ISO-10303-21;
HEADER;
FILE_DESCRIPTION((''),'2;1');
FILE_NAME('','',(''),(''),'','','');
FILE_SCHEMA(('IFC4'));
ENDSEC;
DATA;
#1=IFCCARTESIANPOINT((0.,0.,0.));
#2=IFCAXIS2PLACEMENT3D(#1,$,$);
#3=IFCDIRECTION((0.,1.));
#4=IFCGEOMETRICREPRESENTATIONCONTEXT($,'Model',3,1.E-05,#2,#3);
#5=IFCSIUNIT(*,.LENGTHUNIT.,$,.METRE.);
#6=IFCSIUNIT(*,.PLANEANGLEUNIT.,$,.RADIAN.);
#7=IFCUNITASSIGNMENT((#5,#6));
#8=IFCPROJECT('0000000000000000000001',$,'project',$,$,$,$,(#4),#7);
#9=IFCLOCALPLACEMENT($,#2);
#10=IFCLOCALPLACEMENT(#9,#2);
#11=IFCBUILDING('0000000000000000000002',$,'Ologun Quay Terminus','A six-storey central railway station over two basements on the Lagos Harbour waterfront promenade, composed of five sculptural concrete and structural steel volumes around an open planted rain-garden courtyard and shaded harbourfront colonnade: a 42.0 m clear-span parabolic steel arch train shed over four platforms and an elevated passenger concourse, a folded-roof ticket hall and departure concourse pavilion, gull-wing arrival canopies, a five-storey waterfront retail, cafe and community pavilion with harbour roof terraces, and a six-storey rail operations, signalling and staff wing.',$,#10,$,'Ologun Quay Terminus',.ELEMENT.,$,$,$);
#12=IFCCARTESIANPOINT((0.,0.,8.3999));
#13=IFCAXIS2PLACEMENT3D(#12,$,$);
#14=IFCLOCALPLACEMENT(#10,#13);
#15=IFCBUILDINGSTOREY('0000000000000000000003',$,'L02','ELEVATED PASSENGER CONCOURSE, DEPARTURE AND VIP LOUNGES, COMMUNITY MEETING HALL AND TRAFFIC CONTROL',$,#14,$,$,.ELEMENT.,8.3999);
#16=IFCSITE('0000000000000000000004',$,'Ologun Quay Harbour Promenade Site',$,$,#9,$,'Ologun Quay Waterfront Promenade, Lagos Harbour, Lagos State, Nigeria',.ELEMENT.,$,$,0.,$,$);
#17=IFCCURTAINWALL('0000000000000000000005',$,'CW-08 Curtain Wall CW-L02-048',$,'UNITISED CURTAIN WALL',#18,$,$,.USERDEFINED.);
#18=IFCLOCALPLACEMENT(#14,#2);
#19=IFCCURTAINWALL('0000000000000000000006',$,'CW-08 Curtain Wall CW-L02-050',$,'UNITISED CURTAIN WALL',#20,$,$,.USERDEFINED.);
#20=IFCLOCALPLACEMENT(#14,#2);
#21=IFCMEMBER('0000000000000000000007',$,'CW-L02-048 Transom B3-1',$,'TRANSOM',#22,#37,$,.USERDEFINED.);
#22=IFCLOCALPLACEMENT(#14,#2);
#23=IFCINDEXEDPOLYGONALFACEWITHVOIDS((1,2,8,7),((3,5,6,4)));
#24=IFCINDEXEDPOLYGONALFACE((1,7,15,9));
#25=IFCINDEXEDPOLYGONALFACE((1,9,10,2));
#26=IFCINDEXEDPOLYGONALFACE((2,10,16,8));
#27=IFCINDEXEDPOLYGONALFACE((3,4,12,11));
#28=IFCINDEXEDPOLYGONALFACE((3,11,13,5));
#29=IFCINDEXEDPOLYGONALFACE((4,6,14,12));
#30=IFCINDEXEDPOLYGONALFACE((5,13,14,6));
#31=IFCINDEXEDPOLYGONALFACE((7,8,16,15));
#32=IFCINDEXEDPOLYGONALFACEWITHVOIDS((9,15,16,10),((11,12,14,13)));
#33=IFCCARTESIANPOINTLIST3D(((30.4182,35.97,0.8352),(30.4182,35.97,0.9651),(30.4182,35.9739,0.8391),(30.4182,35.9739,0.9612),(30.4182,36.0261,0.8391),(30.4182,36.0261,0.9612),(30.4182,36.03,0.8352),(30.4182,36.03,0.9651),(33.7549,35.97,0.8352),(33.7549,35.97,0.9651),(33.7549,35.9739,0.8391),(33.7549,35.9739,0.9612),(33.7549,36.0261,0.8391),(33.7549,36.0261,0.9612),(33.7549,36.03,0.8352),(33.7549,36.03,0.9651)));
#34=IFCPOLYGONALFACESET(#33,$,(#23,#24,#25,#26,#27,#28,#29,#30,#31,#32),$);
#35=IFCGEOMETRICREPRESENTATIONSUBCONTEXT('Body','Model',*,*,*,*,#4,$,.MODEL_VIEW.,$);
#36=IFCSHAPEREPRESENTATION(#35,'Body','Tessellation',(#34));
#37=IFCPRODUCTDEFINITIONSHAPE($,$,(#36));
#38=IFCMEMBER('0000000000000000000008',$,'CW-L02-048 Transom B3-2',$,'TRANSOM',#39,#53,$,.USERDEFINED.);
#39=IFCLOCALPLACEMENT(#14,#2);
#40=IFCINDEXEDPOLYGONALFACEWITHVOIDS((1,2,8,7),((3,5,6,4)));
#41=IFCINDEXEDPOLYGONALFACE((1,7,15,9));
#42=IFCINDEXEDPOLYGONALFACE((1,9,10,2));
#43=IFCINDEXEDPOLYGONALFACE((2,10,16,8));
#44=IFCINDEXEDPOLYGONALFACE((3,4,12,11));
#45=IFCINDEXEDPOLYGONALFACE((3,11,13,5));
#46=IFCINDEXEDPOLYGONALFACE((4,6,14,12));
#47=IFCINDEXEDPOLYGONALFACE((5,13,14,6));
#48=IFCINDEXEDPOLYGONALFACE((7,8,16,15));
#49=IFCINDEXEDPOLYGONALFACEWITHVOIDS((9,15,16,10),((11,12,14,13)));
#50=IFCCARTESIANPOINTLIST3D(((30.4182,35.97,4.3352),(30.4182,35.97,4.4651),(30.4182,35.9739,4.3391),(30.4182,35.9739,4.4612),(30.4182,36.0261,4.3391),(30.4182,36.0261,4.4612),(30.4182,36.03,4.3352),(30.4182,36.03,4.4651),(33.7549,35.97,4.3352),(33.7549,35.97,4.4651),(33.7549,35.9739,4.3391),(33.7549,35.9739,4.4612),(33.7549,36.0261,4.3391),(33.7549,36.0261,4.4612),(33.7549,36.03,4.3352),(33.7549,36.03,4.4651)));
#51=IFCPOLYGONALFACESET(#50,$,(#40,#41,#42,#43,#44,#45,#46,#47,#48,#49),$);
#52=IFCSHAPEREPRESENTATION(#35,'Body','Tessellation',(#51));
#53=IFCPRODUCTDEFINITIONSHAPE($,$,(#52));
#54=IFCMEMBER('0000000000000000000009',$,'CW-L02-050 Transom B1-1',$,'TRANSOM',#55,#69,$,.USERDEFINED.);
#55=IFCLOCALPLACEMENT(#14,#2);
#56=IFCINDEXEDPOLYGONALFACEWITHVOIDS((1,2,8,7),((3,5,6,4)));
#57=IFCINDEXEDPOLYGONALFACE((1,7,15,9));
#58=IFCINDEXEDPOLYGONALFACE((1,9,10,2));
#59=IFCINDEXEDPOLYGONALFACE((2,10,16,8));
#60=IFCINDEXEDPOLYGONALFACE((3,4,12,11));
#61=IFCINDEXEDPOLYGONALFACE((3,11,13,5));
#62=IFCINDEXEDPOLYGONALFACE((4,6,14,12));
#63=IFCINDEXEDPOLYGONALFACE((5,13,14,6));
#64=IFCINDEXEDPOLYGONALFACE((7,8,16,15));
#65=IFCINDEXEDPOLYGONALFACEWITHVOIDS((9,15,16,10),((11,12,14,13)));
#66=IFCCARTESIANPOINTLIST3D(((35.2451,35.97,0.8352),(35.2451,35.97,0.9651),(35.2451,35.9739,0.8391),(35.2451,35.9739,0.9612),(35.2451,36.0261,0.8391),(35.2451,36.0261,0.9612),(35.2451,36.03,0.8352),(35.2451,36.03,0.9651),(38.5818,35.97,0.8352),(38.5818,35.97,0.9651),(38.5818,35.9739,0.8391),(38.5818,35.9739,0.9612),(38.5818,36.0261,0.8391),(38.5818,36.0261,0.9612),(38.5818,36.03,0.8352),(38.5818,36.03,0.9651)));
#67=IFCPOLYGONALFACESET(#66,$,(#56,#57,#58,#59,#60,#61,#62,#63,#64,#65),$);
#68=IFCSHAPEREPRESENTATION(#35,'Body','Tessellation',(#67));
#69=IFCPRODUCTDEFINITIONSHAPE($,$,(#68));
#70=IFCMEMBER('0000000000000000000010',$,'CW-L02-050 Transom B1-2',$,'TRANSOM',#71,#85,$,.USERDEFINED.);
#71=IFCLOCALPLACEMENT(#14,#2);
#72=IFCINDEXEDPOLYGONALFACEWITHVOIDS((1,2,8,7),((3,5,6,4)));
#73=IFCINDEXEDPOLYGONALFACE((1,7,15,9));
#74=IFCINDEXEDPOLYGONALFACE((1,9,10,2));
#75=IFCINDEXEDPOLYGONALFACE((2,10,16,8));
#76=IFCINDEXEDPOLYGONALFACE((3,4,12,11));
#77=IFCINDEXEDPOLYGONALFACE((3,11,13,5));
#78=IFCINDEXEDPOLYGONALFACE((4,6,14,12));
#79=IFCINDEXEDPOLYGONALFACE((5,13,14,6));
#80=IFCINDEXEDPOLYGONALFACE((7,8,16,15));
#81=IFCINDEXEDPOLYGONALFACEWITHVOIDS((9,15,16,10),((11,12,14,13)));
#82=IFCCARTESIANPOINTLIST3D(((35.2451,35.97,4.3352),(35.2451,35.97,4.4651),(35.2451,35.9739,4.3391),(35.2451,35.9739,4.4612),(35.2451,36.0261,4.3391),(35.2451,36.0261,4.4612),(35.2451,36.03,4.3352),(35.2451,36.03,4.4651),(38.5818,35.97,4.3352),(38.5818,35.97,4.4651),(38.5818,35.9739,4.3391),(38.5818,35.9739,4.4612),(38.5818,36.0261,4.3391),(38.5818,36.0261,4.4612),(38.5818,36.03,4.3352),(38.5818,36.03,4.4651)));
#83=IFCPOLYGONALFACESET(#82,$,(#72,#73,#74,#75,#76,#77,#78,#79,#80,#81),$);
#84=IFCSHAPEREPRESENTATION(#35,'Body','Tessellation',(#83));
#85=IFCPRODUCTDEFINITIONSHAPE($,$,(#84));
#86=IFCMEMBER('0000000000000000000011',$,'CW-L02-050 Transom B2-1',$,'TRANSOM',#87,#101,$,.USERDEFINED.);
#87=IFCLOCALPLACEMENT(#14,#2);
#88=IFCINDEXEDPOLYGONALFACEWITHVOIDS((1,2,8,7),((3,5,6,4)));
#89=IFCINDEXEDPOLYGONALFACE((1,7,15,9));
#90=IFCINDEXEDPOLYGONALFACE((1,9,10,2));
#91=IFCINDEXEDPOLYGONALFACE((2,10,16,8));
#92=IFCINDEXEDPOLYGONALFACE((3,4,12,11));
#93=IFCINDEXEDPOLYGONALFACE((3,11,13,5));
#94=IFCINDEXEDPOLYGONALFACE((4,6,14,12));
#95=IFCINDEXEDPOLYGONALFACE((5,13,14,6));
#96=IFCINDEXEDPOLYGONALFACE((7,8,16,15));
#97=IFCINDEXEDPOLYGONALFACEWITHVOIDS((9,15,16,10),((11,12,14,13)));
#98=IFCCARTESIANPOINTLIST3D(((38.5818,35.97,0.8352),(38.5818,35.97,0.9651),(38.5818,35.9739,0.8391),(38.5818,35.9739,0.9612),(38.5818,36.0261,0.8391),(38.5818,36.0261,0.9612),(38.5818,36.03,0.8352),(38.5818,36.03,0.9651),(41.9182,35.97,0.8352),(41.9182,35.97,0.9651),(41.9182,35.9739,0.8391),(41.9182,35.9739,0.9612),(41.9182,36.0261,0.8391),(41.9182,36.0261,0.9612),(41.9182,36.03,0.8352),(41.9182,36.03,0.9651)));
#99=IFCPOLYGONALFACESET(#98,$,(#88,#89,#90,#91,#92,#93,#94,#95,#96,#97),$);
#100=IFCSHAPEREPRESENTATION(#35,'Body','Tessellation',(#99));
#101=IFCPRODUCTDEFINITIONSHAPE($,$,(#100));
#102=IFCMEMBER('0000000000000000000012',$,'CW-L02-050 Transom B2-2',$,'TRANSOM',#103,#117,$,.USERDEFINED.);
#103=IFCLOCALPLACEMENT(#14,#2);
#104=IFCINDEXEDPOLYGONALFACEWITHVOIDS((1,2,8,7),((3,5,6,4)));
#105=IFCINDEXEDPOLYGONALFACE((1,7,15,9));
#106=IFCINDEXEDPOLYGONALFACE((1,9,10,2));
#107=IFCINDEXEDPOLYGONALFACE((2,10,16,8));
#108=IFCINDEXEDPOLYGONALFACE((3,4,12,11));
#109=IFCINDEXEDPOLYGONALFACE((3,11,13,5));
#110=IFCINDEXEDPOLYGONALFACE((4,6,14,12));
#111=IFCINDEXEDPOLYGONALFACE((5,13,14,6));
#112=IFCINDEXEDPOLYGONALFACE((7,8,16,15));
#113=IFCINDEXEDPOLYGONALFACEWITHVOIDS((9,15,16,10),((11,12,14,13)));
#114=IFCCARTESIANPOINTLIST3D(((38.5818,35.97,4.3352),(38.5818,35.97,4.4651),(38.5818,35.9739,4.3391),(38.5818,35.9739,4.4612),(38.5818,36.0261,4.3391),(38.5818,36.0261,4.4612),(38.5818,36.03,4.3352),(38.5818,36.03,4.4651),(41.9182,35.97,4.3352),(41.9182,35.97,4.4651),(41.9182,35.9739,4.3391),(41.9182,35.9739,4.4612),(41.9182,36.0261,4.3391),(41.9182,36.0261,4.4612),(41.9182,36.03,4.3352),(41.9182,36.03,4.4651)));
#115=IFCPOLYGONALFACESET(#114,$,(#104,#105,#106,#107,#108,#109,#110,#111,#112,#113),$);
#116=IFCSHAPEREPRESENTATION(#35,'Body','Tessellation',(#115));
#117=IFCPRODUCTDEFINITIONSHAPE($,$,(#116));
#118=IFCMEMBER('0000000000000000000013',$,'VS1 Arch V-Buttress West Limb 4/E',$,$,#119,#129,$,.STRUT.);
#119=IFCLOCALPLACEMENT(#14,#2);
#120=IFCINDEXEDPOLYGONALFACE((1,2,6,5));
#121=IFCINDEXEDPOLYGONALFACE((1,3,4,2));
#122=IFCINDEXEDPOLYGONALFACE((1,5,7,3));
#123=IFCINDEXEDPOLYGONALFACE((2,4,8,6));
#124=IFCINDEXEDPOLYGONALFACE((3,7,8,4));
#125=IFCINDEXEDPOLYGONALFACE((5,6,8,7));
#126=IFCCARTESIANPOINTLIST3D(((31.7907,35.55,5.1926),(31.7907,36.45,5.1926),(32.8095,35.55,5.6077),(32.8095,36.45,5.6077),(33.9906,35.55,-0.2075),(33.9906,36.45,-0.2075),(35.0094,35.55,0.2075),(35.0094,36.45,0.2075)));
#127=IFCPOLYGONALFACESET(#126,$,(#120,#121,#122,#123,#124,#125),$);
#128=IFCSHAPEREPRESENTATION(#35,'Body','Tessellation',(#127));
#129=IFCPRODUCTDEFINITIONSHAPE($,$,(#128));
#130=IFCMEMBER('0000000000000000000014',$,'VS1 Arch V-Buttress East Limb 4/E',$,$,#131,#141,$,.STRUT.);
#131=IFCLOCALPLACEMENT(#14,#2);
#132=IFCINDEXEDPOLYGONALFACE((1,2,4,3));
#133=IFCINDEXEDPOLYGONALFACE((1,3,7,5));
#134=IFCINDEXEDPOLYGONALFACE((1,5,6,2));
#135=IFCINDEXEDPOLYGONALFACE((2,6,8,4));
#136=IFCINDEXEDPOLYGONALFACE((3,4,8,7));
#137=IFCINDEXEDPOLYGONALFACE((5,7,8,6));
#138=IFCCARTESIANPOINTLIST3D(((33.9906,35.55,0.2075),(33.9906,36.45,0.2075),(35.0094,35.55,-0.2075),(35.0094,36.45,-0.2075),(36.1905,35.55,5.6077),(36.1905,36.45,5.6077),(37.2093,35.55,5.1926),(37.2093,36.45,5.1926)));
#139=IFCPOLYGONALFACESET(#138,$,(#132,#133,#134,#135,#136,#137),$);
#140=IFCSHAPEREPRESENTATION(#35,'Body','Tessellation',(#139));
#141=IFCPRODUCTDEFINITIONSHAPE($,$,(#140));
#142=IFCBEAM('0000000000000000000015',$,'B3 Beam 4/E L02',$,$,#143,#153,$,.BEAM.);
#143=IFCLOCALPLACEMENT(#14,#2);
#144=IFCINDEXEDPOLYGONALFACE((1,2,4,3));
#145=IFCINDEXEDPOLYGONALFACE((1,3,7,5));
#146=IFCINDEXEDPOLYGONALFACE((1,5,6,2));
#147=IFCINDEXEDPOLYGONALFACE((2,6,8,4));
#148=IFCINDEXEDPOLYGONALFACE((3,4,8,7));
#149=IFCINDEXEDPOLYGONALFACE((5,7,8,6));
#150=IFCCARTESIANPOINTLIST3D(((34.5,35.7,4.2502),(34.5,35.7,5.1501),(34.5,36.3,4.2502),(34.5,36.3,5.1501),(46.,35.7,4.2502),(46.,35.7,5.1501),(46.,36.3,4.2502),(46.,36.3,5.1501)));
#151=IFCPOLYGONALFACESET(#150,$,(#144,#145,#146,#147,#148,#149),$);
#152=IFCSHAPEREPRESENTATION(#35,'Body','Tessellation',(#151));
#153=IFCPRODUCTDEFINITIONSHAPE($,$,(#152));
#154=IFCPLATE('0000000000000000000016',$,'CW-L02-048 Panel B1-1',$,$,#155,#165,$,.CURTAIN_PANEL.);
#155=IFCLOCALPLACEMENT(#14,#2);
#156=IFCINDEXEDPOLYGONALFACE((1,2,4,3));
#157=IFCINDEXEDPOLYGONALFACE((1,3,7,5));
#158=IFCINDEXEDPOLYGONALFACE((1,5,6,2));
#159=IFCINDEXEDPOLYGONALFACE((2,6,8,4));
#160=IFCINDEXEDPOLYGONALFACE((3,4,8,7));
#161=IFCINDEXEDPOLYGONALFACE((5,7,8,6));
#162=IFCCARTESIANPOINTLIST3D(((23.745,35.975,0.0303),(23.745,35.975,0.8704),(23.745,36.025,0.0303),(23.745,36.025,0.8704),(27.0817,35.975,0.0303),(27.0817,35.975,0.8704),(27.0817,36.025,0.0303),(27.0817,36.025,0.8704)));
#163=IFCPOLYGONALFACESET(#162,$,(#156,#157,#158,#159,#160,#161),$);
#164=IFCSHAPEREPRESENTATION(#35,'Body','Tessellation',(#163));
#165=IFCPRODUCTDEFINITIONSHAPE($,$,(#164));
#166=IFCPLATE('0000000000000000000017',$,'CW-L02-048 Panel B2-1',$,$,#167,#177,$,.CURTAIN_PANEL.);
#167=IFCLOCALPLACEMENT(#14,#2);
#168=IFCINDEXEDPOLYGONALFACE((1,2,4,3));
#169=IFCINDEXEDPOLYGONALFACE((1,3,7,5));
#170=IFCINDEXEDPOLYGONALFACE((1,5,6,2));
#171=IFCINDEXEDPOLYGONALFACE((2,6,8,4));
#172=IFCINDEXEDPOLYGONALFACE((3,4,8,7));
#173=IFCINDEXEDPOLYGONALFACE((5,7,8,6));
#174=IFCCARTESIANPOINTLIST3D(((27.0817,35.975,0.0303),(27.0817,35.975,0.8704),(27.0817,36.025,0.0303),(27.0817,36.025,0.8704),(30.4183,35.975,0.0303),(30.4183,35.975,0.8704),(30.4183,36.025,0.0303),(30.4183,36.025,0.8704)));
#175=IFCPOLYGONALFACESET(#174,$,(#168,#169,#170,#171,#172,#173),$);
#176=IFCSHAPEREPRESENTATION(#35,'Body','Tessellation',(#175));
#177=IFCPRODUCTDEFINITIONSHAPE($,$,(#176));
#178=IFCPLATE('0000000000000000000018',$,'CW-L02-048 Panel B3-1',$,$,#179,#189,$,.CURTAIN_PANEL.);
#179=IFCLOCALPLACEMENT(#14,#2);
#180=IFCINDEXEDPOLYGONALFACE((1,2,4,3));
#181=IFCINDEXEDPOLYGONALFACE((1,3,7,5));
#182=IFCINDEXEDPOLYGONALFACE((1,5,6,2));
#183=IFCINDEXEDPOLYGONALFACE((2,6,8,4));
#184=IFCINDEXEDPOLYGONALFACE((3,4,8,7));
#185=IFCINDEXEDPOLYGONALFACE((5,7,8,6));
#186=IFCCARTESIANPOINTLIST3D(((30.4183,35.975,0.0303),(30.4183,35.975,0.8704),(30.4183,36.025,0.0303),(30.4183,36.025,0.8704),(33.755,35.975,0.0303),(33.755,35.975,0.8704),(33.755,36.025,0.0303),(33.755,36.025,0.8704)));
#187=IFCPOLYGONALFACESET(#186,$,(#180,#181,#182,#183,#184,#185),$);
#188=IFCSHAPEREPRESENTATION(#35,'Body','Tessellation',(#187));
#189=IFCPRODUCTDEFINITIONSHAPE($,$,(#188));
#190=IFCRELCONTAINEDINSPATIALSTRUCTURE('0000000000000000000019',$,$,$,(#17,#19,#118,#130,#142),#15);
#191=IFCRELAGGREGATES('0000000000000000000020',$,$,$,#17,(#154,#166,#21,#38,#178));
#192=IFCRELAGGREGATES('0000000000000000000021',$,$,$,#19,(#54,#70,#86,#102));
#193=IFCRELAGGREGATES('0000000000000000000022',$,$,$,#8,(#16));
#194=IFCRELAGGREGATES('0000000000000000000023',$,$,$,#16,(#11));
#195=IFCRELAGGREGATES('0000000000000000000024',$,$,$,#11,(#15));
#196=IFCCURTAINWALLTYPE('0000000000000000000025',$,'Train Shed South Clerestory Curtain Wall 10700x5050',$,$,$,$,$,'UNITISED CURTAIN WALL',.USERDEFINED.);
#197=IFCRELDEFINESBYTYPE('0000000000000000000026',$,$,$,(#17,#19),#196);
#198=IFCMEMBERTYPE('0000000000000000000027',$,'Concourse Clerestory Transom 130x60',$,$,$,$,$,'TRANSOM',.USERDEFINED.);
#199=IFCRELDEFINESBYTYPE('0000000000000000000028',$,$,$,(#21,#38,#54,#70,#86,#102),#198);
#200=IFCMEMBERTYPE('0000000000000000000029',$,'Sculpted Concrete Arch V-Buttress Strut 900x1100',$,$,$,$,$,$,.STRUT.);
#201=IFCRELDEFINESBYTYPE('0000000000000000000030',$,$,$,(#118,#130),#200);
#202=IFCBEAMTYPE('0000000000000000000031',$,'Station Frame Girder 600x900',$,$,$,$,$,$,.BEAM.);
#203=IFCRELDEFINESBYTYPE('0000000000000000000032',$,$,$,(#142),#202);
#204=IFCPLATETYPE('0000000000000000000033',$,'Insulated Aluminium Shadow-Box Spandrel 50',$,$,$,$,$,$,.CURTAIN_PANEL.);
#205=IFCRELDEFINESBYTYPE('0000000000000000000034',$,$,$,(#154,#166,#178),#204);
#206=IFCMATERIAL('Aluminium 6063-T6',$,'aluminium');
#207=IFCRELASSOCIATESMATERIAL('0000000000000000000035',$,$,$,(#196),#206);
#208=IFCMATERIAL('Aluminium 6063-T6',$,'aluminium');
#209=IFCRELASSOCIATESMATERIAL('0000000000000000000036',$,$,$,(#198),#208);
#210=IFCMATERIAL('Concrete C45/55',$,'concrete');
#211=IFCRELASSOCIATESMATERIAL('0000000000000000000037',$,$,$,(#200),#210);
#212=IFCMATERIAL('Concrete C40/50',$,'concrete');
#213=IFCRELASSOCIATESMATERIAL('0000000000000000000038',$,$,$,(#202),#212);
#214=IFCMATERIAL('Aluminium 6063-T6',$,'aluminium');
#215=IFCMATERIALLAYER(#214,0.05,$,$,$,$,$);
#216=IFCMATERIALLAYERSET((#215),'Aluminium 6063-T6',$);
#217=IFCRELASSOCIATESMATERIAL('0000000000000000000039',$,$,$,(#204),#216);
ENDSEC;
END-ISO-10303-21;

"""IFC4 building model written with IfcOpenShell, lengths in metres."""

from ifc_helpers import new_model, si_unit, direction, frame, origin, origin_2d, place, context, subcontext, project, spatial, rectangle, hollow_rectangle, extrude, material, layer, layer_set, material_profile, profile_set, type_object, element, aggregate, save


model = new_model("IFC4")

# Units and contexts
model_context = context("Model", 3, precision=1e-05, world=origin(), true_north=direction((0.0, 1.0)))
body_context = subcontext(model_context, "Body", "Model", "MODEL_VIEW")
ifc_project = project(units=[si_unit("LENGTHUNIT", "METRE"), si_unit("PLANEANGLEUNIT", "RADIAN")], contexts=[model_context])

# Site, building, storey
site_placement = place(None, origin())
site = spatial("IfcSite", under=ifc_project, at=site_placement, Name="Ologun Quay Harbour Promenade Site", LongName="Ologun Quay Waterfront Promenade, Lagos Harbour, Lagos State, Nigeria", CompositionType="ELEMENT", RefElevation=0.0)
building_placement = place(site_placement, origin())
building = spatial("IfcBuilding", under=site, at=building_placement, Name="Ologun Quay Terminus", Description="A six-storey central railway station over two basements on the Lagos Harbour waterfront promenade, composed of five sculptural concrete and structural steel volumes around an open planted rain-garden courtyard and shaded harbourfront colonnade: a 42.0 m clear-span parabolic steel arch train shed over four platforms and an elevated passenger concourse, a folded-roof ticket hall and departure concourse pavilion, gull-wing arrival canopies, a five-storey waterfront retail, cafe and community pavilion with harbour roof terraces, and a six-storey rail operations, signalling and staff wing.", LongName="Ologun Quay Terminus", CompositionType="ELEMENT")
storey_placement = place(building_placement, frame((0.0, 0.0, 8.3999)))
storey = spatial("IfcBuildingStorey", under=building, at=storey_placement, Name="L02", Description="ELEVATED PASSENGER CONCOURSE, DEPARTURE AND VIP LOUNGES, COMMUNITY MEETING HALL AND TRAFFIC CONTROL", CompositionType="ELEMENT", Elevation=8.3999)

# Curtain walls
ifc_material_1 = material(Name="Aluminium 6063-T6", Category="aluminium")
curtain_wall_type = type_object("IfcCurtainWallType", Name="Train Shed South Clerestory Curtain Wall 10700x5050", ElementType="UNITISED CURTAIN WALL", PredefinedType="USERDEFINED", material=ifc_material_1)
curtain_wall_1_placement = place(storey_placement, origin())
curtain_wall_1 = element("IfcCurtainWall", 1, at=curtain_wall_1_placement, inside=storey, type_object=curtain_wall_type, Name="CW-08 Curtain Wall CW-L02-048", ObjectType="UNITISED CURTAIN WALL", PredefinedType="USERDEFINED")
curtain_wall_2_placement = place(storey_placement, origin())
curtain_wall_2 = element("IfcCurtainWall", 2, at=curtain_wall_2_placement, inside=storey, type_object=curtain_wall_type, Name="CW-08 Curtain Wall CW-L02-050", ObjectType="UNITISED CURTAIN WALL", PredefinedType="USERDEFINED")

# Members
ifc_material_2 = material(Name="Aluminium 6063-T6", Category="aluminium")
ifc_material_profile_1 = material_profile(ifc_material_2, hollow_rectangle(XDim=0.0601, YDim=0.1299, WallThickness=0.0039, at=origin_2d()), Name="ALU 130x60x4")
ifc_profile_set_1 = profile_set([ifc_material_profile_1], Name="Aluminium 6063-T6")
member_type_1 = type_object("IfcMemberType", Name="Concourse Clerestory Transom 130x60", ElementType="TRANSOM", PredefinedType="USERDEFINED", material=ifc_profile_set_1)
member_1_placement = place(storey_placement, frame((30.4182, 36.0, 0.9001), z_axis=(1.0, 0.0, 0.0), x_axis=(0.0, 1.0, 0.0)))
member_1 = element("IfcMember", 3, at=member_1_placement, type_object=member_type_1, Name="CW-L02-048 Transom B3-1", ObjectType="TRANSOM", PredefinedType="USERDEFINED", context=body_context, shape_type="SweptSolid", body=[
    extrude(hollow_rectangle(XDim=0.0601, YDim=0.1299, WallThickness=0.0039, at=origin_2d()), origin(), (0.0, 0.0, 1.0), 3.3367),
])
member_2_placement = place(storey_placement, frame((30.4182, 36.0, 4.4001), z_axis=(1.0, 0.0, 0.0), x_axis=(0.0, 1.0, 0.0)))
member_2 = element("IfcMember", 4, at=member_2_placement, type_object=member_type_1, Name="CW-L02-048 Transom B3-2", ObjectType="TRANSOM", PredefinedType="USERDEFINED", context=body_context, shape_type="SweptSolid", body=[
    extrude(hollow_rectangle(XDim=0.0601, YDim=0.1299, WallThickness=0.0039, at=origin_2d()), origin(), (0.0, 0.0, 1.0), 3.3367),
])
member_3_placement = place(storey_placement, frame((35.2451, 36.0, 0.9001), z_axis=(1.0, 0.0, 0.0), x_axis=(0.0, 1.0, 0.0)))
member_3 = element("IfcMember", 5, at=member_3_placement, type_object=member_type_1, Name="CW-L02-050 Transom B1-1", ObjectType="TRANSOM", PredefinedType="USERDEFINED", context=body_context, shape_type="SweptSolid", body=[
    extrude(hollow_rectangle(XDim=0.0601, YDim=0.1299, WallThickness=0.0039, at=origin_2d()), origin(), (0.0, 0.0, 1.0), 3.3367),
])
member_4_placement = place(storey_placement, frame((35.2451, 36.0, 4.4001), z_axis=(1.0, 0.0, 0.0), x_axis=(0.0, 1.0, 0.0)))
member_4 = element("IfcMember", 6, at=member_4_placement, type_object=member_type_1, Name="CW-L02-050 Transom B1-2", ObjectType="TRANSOM", PredefinedType="USERDEFINED", context=body_context, shape_type="SweptSolid", body=[
    extrude(hollow_rectangle(XDim=0.0601, YDim=0.1299, WallThickness=0.0039, at=origin_2d()), origin(), (0.0, 0.0, 1.0), 3.3367),
])
member_5_placement = place(storey_placement, frame((38.5818, 36.0, 0.9001), z_axis=(1.0, 0.0, 0.0), x_axis=(0.0, 1.0, 0.0)))
member_5 = element("IfcMember", 7, at=member_5_placement, type_object=member_type_1, Name="CW-L02-050 Transom B2-1", ObjectType="TRANSOM", PredefinedType="USERDEFINED", context=body_context, shape_type="SweptSolid", body=[
    extrude(hollow_rectangle(XDim=0.0601, YDim=0.1299, WallThickness=0.0039, at=origin_2d()), origin(), (0.0, 0.0, 1.0), 3.3364),
])
member_6_placement = place(storey_placement, frame((38.5818, 36.0, 4.4001), z_axis=(1.0, 0.0, 0.0), x_axis=(0.0, 1.0, 0.0)))
member_6 = element("IfcMember", 8, at=member_6_placement, type_object=member_type_1, Name="CW-L02-050 Transom B2-2", ObjectType="TRANSOM", PredefinedType="USERDEFINED", context=body_context, shape_type="SweptSolid", body=[
    extrude(hollow_rectangle(XDim=0.0601, YDim=0.1299, WallThickness=0.0039, at=origin_2d()), origin(), (0.0, 0.0, 1.0), 3.3364),
])

# Members
ifc_material_3 = material(Name="Concrete C45/55", Category="concrete")
ifc_material_profile_2 = material_profile(ifc_material_3, rectangle(XDim=0.8999, YDim=1.1001, at=origin_2d()), Name="RC 900x1100")
ifc_profile_set_2 = profile_set([ifc_material_profile_2], Name="Concrete C45/55")
member_type_2 = type_object("IfcMemberType", Name="Sculpted Concrete Arch V-Buttress Strut 900x1100", PredefinedType="STRUT", material=ifc_profile_set_2)
for number, where, z_axis, x_axis, name in (
    (9, (34.5, 36.0, 0.0), (-0.377281, 0.0, 0.926099), (0.0, -1.0, 0.0), "VS1 Arch V-Buttress West Limb 4/E"),
    (10, (34.5, 36.0, 0.0), (0.377281, 0.0, 0.926099), (0.0, 1.0, 0.0), "VS1 Arch V-Buttress East Limb 4/E"),
):
    element("IfcMember", number, at=place(storey_placement, frame(where, z_axis=z_axis, x_axis=x_axis)), inside=storey, type_object=member_type_2, Name=name, PredefinedType="STRUT", context=body_context, shape_type="SweptSolid", body=[
        extrude(rectangle(XDim=0.8999, YDim=1.1001, at=origin_2d()), origin(), (0.0, 0.0, 1.0), 5.8311),
    ])

# Beam
ifc_material_4 = material(Name="Concrete C40/50", Category="concrete")
ifc_material_profile_3 = material_profile(ifc_material_4, rectangle(XDim=0.6001, YDim=0.8999, at=origin_2d()), Name="RC 600x900")
ifc_profile_set_3 = profile_set([ifc_material_profile_3], Name="Concrete C40/50")
beam_type = type_object("IfcBeamType", Name="Station Frame Girder 600x900", PredefinedType="BEAM", material=ifc_profile_set_3)
beam_placement = place(storey_placement, frame((34.5, 36.0, 4.7002), z_axis=(1.0, 0.0, 0.0), x_axis=(0.0, 1.0, 0.0)))
element("IfcBeam", 11, at=beam_placement, inside=storey, type_object=beam_type, Name="B3 Beam 4/E L02", PredefinedType="BEAM", context=body_context, shape_type="SweptSolid", body=[
    extrude(rectangle(XDim=0.6001, YDim=0.8999, at=origin_2d()), origin(), (0.0, 0.0, 1.0), 11.5),
])

# Plates
ifc_material_5 = material(Name="Aluminium 6063-T6", Category="aluminium")
ifc_layer_1 = layer(ifc_material_5, 0.05)
ifc_layer_set_1 = layer_set([ifc_layer_1], Name="Aluminium 6063-T6")
plate_type_1 = type_object("IfcPlateType", Name="Insulated Aluminium Shadow-Box Spandrel 50", PredefinedType="CURTAIN_PANEL", material=ifc_layer_set_1)
plate_1_placement = place(storey_placement, frame((25.4133, 36.0, 0.0303), z_axis=(0.0, 0.0, 1.0), x_axis=(1.0, 0.0, 0.0)))
plate_1 = element("IfcPlate", 12, at=plate_1_placement, type_object=plate_type_1, Name="CW-L02-048 Panel B1-1", PredefinedType="CURTAIN_PANEL", context=body_context, shape_type="SweptSolid", body=[
    extrude(rectangle(XDim=3.3367, YDim=0.05, at=origin_2d()), origin(), (0.0, 0.0, 1.0), 0.8401),
])
plate_2_placement = place(storey_placement, frame((28.75, 36.0, 0.0303), z_axis=(0.0, 0.0, 1.0), x_axis=(1.0, 0.0, 0.0)))
plate_2 = element("IfcPlate", 13, at=plate_2_placement, type_object=plate_type_1, Name="CW-L02-048 Panel B2-1", PredefinedType="CURTAIN_PANEL", context=body_context, shape_type="SweptSolid", body=[
    extrude(rectangle(XDim=3.3367, YDim=0.05, at=origin_2d()), origin(), (0.0, 0.0, 1.0), 0.8401),
])
plate_3_placement = place(storey_placement, frame((32.0867, 36.0, 0.0303), z_axis=(0.0, 0.0, 1.0), x_axis=(1.0, 0.0, 0.0)))
plate_3 = element("IfcPlate", 14, at=plate_3_placement, type_object=plate_type_1, Name="CW-L02-048 Panel B3-1", PredefinedType="CURTAIN_PANEL", context=body_context, shape_type="SweptSolid", body=[
    extrude(rectangle(XDim=3.3367, YDim=0.05, at=origin_2d()), origin(), (0.0, 0.0, 1.0), 0.8401),
])
aggregate(curtain_wall_1, [plate_1, plate_2, member_1, member_2, plate_3])
aggregate(curtain_wall_2, [member_3, member_4, member_5, member_6])

save(model, "model.ifc")
